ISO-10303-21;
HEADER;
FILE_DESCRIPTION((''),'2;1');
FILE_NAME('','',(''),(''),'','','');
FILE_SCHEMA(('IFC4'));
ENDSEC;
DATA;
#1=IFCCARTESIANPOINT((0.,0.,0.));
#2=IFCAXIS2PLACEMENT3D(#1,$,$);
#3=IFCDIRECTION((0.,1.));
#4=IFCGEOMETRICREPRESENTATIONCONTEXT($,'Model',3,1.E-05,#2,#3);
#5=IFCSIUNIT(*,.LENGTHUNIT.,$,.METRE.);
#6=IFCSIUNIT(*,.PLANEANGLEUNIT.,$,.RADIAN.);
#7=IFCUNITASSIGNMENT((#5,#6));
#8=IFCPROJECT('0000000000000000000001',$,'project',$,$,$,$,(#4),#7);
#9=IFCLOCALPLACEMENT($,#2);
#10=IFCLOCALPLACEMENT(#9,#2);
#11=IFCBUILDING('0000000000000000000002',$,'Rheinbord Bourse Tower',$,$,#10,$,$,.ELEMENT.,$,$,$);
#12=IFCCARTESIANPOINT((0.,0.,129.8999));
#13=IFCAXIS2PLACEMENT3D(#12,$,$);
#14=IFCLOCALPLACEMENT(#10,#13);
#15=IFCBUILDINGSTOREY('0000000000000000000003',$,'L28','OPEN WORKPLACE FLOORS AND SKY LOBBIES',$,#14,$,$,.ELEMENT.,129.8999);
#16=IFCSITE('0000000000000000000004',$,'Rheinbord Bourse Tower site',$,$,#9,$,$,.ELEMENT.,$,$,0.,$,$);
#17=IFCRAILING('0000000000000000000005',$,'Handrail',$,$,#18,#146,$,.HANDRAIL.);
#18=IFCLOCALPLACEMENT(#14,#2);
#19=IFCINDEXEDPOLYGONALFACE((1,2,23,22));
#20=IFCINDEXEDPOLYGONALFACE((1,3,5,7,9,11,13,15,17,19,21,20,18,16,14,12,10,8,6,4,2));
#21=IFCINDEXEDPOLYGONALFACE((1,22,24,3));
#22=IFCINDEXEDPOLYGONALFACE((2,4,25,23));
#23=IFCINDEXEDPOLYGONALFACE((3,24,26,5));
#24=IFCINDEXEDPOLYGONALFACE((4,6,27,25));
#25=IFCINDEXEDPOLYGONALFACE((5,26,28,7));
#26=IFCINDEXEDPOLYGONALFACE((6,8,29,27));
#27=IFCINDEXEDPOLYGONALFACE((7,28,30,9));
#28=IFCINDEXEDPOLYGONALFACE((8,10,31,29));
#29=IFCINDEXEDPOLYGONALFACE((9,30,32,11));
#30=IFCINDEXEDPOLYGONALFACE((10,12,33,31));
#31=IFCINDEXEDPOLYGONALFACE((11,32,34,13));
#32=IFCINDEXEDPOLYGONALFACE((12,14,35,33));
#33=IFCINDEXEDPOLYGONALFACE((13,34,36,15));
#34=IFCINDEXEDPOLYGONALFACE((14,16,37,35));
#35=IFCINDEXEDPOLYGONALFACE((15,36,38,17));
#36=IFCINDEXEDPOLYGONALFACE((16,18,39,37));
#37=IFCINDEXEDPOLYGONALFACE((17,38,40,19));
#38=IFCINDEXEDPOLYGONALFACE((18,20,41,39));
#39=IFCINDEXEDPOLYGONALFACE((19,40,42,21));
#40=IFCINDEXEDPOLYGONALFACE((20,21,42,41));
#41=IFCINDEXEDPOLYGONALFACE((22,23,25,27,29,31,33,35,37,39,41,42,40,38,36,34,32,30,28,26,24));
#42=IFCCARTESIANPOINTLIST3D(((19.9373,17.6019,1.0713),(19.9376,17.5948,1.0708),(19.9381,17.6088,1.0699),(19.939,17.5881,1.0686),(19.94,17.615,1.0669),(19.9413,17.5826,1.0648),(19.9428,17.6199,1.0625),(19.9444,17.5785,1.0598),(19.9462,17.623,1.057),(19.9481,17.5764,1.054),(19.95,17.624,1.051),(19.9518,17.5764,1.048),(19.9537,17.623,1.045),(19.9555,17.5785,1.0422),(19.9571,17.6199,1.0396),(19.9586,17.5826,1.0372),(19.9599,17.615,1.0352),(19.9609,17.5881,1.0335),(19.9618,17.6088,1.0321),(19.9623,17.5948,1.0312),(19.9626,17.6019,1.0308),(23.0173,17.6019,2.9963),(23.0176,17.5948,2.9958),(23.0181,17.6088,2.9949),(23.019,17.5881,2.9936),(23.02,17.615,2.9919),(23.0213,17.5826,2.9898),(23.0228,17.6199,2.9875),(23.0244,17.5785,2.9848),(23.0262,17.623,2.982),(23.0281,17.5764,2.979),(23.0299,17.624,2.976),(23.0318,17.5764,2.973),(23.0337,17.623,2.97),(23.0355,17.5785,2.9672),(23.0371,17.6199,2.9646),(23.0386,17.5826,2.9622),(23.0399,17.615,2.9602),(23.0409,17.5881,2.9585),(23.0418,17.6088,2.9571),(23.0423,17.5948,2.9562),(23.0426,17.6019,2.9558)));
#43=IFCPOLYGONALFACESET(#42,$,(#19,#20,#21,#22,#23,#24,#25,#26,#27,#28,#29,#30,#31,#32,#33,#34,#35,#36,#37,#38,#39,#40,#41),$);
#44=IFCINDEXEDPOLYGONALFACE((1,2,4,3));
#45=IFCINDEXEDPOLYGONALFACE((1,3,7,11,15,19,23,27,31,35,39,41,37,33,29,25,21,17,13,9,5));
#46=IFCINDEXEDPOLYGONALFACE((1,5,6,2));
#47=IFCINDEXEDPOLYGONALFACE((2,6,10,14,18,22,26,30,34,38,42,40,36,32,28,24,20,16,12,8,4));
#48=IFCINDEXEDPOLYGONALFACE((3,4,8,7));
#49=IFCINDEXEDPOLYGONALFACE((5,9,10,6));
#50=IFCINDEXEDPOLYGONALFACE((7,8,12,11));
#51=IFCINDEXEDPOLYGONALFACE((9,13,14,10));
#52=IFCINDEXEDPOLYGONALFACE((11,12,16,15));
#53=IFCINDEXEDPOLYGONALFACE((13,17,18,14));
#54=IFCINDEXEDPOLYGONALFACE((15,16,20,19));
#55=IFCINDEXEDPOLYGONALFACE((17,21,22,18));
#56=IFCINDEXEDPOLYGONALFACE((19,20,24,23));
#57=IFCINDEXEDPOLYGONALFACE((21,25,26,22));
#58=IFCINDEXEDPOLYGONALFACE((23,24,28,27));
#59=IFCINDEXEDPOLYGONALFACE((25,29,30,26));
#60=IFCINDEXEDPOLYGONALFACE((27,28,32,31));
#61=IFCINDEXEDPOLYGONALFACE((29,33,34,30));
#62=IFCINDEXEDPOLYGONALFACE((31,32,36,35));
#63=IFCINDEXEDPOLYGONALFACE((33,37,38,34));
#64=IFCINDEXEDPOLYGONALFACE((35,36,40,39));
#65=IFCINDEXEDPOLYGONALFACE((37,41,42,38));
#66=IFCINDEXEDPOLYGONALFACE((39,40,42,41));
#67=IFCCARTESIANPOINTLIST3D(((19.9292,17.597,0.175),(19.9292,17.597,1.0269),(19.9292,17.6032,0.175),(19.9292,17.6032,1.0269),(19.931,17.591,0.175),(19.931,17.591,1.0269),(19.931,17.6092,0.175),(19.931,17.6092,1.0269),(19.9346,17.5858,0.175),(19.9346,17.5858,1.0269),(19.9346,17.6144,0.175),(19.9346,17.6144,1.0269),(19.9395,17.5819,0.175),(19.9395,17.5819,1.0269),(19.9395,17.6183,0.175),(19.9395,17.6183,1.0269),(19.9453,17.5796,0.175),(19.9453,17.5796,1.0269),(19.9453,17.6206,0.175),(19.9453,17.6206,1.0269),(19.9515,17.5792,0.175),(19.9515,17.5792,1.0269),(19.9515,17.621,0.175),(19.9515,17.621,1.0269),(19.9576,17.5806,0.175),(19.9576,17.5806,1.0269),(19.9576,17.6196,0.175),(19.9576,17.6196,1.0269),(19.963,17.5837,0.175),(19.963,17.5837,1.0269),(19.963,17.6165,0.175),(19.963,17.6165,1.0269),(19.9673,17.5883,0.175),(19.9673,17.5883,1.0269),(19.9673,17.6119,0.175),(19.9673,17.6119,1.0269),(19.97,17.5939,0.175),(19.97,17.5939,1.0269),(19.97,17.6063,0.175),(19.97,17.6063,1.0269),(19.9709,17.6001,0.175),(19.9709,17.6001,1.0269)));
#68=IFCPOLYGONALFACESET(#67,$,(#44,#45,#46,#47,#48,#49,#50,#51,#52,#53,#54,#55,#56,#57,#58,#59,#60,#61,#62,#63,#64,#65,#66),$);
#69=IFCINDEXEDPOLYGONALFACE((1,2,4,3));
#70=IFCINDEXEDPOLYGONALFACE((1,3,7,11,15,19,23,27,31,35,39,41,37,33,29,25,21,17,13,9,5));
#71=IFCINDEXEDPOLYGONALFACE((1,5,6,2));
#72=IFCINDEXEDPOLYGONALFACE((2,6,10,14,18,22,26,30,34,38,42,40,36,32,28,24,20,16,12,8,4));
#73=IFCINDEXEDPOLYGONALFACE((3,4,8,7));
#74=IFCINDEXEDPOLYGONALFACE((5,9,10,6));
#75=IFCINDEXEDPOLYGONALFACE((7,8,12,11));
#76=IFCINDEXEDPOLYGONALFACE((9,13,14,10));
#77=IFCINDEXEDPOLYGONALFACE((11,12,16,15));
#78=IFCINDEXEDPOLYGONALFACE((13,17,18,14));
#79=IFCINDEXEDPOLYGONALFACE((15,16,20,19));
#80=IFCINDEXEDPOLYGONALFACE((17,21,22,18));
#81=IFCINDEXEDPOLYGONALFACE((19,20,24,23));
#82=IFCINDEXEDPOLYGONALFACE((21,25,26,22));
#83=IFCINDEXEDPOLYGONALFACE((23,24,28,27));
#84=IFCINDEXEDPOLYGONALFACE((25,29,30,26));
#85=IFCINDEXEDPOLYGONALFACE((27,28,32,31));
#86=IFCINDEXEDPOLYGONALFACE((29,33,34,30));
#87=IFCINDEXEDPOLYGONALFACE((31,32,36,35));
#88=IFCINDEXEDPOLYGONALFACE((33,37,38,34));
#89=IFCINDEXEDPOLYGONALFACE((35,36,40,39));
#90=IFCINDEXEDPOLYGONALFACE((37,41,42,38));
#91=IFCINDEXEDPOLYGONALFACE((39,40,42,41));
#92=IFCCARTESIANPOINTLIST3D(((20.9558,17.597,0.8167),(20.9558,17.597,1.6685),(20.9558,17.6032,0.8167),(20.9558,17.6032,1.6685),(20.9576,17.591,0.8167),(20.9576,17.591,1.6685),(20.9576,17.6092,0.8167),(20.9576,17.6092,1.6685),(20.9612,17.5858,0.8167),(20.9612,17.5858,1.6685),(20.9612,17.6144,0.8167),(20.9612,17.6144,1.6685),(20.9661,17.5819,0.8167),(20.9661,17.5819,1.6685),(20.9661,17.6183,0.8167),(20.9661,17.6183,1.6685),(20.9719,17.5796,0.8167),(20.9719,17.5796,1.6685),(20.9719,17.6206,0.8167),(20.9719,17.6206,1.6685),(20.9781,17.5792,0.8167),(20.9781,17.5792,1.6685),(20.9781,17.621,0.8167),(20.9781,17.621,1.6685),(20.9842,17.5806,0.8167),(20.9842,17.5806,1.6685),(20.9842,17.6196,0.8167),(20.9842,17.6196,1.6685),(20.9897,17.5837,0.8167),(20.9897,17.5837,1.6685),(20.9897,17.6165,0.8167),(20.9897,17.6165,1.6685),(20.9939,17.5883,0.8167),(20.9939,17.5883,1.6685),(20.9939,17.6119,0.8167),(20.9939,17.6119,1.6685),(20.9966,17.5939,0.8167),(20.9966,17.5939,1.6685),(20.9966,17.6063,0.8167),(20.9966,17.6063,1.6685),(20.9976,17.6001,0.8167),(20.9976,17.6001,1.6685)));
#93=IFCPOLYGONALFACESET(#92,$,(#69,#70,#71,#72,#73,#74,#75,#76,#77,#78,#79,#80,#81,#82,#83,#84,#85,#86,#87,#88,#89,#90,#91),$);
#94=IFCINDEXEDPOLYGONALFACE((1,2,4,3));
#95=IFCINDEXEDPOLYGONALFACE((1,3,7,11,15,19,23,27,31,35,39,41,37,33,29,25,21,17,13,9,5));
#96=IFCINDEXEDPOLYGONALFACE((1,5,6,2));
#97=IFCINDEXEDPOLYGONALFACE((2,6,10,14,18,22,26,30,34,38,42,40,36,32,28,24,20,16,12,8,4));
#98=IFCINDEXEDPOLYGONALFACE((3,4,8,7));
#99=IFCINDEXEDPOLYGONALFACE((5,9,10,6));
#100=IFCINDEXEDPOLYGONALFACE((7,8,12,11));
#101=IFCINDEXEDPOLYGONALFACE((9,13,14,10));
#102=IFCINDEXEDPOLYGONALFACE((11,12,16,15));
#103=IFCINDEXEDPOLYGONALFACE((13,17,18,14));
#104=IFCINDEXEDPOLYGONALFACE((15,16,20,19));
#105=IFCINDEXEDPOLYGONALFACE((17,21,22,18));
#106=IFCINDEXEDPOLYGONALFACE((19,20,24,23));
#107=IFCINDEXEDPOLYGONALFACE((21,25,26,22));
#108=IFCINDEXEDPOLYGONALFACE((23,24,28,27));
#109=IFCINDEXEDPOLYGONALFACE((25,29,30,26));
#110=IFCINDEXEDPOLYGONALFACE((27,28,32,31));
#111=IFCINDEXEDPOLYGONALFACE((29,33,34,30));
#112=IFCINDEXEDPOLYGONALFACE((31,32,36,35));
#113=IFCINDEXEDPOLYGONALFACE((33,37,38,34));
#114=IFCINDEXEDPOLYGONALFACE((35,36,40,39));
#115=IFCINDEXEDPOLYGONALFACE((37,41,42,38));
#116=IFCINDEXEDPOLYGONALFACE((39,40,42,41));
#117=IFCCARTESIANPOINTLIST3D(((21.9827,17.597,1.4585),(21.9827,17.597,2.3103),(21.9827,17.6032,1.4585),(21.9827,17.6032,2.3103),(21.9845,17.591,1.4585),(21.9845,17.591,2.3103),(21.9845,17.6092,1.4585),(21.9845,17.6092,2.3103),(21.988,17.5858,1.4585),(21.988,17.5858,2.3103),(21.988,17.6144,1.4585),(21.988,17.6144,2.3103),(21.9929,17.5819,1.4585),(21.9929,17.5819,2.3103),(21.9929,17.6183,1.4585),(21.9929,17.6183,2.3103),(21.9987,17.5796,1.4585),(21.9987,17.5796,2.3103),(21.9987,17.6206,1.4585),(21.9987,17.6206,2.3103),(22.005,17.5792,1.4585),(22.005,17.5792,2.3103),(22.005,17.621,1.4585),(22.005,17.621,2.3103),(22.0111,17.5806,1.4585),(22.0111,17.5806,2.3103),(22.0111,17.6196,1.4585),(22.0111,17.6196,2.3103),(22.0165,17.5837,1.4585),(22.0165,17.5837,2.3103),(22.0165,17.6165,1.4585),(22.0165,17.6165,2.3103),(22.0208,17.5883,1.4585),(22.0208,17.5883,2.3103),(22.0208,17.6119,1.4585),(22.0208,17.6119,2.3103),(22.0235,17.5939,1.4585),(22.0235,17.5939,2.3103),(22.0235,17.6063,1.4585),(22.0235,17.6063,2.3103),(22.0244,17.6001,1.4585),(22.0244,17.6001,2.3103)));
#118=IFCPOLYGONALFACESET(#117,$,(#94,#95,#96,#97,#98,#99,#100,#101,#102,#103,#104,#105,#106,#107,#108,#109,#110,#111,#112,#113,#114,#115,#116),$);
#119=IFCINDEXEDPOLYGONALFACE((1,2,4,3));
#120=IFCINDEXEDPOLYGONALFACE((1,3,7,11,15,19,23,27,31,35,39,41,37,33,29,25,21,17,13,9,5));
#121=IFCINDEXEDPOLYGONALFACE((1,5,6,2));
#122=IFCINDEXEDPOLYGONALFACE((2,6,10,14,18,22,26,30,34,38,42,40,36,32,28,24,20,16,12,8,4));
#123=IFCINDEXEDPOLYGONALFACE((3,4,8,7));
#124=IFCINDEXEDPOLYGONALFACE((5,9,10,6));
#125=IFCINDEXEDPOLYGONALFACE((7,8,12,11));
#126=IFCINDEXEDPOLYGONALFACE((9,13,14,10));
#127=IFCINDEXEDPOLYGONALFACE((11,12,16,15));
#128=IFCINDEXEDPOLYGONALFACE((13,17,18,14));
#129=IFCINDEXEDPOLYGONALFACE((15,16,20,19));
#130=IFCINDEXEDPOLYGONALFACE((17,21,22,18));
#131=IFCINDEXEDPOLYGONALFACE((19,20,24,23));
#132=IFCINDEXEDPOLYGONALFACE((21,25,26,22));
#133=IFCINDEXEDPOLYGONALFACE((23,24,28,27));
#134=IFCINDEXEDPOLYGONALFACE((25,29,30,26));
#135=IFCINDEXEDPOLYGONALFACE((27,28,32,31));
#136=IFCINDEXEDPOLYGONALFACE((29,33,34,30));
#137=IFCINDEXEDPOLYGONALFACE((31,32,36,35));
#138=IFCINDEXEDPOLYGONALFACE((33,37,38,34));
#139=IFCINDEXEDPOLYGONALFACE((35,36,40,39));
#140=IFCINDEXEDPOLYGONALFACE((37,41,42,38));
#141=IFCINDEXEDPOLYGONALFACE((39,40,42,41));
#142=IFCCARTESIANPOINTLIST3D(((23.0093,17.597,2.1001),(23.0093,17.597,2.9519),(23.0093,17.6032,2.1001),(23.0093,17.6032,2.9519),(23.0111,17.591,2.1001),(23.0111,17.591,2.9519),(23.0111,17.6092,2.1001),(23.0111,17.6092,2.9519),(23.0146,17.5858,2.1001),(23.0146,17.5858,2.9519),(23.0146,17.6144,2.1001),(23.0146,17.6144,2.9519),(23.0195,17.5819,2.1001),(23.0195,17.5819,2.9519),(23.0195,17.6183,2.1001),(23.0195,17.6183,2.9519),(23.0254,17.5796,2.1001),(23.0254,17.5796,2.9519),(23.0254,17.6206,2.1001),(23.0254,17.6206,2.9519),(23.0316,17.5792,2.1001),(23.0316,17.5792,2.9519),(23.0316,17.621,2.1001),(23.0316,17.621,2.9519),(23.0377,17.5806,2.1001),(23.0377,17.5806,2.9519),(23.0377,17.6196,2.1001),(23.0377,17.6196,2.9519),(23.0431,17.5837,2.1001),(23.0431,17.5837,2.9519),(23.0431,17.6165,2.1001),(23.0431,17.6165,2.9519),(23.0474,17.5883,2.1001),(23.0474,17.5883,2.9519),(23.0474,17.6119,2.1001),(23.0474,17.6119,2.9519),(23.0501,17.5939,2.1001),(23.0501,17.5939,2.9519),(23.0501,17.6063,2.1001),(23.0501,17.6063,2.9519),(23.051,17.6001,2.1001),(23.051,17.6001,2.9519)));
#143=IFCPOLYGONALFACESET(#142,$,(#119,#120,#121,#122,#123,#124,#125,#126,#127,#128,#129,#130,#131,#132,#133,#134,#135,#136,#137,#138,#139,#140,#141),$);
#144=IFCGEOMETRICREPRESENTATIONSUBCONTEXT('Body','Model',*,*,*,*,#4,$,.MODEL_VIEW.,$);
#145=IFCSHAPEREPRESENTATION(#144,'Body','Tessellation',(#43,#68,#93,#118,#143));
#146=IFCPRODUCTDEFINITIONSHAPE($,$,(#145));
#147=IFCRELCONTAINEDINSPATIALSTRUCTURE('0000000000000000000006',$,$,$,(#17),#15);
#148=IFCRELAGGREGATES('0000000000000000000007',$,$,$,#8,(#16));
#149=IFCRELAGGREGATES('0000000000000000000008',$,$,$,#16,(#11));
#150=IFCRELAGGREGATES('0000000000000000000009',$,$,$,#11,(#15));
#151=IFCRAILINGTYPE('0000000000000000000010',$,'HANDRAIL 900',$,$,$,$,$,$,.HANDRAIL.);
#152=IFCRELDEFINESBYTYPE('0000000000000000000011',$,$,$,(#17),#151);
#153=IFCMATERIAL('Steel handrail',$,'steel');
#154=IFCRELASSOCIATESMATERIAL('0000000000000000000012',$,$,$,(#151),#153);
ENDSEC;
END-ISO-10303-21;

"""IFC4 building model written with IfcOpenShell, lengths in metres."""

from ifc_helpers import new_model, si_unit, direction, frame, origin, origin_2d, place, context, subcontext, project, spatial, circle, extrude, material, type_object, element, save


model = new_model("IFC4")

# Units and contexts
model_context = context("Model", 3, precision=1e-05, world=origin(), true_north=direction((0.0, 1.0)))
body_context = subcontext(model_context, "Body", "Model", "MODEL_VIEW")
ifc_project = project(units=[si_unit("LENGTHUNIT", "METRE"), si_unit("PLANEANGLEUNIT", "RADIAN")], contexts=[model_context])

# Site, building, storey
site_placement = place(None, origin())
site = spatial("IfcSite", under=ifc_project, at=site_placement, Name="Rheinbord Bourse Tower site", CompositionType="ELEMENT", RefElevation=0.0)
building_placement = place(site_placement, origin())
building = spatial("IfcBuilding", under=site, at=building_placement, Name="Rheinbord Bourse Tower", CompositionType="ELEMENT")
storey_placement = place(building_placement, frame((0.0, 0.0, 129.8999)))
storey = spatial("IfcBuildingStorey", under=building, at=storey_placement, Name="L28", Description="OPEN WORKPLACE FLOORS AND SKY LOBBIES", CompositionType="ELEMENT", Elevation=129.8999)

# Railing
ifc_material_1 = material(Name="Steel handrail", Category="steel")
railing_type = type_object("IfcRailingType", Name="HANDRAIL 900", PredefinedType="HANDRAIL", material=ifc_material_1)
railing_1_placement = place(storey_placement, frame((19.95, 17.6001, 0.175)))
element("IfcRailing", 1, at=railing_1_placement, inside=storey, type_object=railing_type, Name="Handrail", PredefinedType="HANDRAIL", context=body_context, shape_type="SweptSolid", body=[
    extrude(circle(Radius=0.0239, at=origin_2d()), frame((0.0, 0.0, 0.876), z_axis=(0.847998, 0.0, 0.529999), x_axis=(0.0, 1.0, 0.0)), (0.0, 0.0, 1.0), 3.6321),
    extrude(circle(Radius=0.021, at=origin_2d()), origin(), (0.0, 0.0, 1.0), 0.8518),
    extrude(circle(Radius=0.021, at=origin_2d()), frame((1.0266, 0.0, 0.6416)), (0.0, 0.0, 1.0), 0.8518),
    extrude(circle(Radius=0.021, at=origin_2d()), frame((2.0535, 0.0, 1.2834)), (0.0, 0.0, 1.0), 0.8518),
    extrude(circle(Radius=0.021, at=origin_2d()), frame((3.0801, 0.0, 1.925)), (0.0, 0.0, 1.0), 0.8518),
])

save(model, "model.ifc")
